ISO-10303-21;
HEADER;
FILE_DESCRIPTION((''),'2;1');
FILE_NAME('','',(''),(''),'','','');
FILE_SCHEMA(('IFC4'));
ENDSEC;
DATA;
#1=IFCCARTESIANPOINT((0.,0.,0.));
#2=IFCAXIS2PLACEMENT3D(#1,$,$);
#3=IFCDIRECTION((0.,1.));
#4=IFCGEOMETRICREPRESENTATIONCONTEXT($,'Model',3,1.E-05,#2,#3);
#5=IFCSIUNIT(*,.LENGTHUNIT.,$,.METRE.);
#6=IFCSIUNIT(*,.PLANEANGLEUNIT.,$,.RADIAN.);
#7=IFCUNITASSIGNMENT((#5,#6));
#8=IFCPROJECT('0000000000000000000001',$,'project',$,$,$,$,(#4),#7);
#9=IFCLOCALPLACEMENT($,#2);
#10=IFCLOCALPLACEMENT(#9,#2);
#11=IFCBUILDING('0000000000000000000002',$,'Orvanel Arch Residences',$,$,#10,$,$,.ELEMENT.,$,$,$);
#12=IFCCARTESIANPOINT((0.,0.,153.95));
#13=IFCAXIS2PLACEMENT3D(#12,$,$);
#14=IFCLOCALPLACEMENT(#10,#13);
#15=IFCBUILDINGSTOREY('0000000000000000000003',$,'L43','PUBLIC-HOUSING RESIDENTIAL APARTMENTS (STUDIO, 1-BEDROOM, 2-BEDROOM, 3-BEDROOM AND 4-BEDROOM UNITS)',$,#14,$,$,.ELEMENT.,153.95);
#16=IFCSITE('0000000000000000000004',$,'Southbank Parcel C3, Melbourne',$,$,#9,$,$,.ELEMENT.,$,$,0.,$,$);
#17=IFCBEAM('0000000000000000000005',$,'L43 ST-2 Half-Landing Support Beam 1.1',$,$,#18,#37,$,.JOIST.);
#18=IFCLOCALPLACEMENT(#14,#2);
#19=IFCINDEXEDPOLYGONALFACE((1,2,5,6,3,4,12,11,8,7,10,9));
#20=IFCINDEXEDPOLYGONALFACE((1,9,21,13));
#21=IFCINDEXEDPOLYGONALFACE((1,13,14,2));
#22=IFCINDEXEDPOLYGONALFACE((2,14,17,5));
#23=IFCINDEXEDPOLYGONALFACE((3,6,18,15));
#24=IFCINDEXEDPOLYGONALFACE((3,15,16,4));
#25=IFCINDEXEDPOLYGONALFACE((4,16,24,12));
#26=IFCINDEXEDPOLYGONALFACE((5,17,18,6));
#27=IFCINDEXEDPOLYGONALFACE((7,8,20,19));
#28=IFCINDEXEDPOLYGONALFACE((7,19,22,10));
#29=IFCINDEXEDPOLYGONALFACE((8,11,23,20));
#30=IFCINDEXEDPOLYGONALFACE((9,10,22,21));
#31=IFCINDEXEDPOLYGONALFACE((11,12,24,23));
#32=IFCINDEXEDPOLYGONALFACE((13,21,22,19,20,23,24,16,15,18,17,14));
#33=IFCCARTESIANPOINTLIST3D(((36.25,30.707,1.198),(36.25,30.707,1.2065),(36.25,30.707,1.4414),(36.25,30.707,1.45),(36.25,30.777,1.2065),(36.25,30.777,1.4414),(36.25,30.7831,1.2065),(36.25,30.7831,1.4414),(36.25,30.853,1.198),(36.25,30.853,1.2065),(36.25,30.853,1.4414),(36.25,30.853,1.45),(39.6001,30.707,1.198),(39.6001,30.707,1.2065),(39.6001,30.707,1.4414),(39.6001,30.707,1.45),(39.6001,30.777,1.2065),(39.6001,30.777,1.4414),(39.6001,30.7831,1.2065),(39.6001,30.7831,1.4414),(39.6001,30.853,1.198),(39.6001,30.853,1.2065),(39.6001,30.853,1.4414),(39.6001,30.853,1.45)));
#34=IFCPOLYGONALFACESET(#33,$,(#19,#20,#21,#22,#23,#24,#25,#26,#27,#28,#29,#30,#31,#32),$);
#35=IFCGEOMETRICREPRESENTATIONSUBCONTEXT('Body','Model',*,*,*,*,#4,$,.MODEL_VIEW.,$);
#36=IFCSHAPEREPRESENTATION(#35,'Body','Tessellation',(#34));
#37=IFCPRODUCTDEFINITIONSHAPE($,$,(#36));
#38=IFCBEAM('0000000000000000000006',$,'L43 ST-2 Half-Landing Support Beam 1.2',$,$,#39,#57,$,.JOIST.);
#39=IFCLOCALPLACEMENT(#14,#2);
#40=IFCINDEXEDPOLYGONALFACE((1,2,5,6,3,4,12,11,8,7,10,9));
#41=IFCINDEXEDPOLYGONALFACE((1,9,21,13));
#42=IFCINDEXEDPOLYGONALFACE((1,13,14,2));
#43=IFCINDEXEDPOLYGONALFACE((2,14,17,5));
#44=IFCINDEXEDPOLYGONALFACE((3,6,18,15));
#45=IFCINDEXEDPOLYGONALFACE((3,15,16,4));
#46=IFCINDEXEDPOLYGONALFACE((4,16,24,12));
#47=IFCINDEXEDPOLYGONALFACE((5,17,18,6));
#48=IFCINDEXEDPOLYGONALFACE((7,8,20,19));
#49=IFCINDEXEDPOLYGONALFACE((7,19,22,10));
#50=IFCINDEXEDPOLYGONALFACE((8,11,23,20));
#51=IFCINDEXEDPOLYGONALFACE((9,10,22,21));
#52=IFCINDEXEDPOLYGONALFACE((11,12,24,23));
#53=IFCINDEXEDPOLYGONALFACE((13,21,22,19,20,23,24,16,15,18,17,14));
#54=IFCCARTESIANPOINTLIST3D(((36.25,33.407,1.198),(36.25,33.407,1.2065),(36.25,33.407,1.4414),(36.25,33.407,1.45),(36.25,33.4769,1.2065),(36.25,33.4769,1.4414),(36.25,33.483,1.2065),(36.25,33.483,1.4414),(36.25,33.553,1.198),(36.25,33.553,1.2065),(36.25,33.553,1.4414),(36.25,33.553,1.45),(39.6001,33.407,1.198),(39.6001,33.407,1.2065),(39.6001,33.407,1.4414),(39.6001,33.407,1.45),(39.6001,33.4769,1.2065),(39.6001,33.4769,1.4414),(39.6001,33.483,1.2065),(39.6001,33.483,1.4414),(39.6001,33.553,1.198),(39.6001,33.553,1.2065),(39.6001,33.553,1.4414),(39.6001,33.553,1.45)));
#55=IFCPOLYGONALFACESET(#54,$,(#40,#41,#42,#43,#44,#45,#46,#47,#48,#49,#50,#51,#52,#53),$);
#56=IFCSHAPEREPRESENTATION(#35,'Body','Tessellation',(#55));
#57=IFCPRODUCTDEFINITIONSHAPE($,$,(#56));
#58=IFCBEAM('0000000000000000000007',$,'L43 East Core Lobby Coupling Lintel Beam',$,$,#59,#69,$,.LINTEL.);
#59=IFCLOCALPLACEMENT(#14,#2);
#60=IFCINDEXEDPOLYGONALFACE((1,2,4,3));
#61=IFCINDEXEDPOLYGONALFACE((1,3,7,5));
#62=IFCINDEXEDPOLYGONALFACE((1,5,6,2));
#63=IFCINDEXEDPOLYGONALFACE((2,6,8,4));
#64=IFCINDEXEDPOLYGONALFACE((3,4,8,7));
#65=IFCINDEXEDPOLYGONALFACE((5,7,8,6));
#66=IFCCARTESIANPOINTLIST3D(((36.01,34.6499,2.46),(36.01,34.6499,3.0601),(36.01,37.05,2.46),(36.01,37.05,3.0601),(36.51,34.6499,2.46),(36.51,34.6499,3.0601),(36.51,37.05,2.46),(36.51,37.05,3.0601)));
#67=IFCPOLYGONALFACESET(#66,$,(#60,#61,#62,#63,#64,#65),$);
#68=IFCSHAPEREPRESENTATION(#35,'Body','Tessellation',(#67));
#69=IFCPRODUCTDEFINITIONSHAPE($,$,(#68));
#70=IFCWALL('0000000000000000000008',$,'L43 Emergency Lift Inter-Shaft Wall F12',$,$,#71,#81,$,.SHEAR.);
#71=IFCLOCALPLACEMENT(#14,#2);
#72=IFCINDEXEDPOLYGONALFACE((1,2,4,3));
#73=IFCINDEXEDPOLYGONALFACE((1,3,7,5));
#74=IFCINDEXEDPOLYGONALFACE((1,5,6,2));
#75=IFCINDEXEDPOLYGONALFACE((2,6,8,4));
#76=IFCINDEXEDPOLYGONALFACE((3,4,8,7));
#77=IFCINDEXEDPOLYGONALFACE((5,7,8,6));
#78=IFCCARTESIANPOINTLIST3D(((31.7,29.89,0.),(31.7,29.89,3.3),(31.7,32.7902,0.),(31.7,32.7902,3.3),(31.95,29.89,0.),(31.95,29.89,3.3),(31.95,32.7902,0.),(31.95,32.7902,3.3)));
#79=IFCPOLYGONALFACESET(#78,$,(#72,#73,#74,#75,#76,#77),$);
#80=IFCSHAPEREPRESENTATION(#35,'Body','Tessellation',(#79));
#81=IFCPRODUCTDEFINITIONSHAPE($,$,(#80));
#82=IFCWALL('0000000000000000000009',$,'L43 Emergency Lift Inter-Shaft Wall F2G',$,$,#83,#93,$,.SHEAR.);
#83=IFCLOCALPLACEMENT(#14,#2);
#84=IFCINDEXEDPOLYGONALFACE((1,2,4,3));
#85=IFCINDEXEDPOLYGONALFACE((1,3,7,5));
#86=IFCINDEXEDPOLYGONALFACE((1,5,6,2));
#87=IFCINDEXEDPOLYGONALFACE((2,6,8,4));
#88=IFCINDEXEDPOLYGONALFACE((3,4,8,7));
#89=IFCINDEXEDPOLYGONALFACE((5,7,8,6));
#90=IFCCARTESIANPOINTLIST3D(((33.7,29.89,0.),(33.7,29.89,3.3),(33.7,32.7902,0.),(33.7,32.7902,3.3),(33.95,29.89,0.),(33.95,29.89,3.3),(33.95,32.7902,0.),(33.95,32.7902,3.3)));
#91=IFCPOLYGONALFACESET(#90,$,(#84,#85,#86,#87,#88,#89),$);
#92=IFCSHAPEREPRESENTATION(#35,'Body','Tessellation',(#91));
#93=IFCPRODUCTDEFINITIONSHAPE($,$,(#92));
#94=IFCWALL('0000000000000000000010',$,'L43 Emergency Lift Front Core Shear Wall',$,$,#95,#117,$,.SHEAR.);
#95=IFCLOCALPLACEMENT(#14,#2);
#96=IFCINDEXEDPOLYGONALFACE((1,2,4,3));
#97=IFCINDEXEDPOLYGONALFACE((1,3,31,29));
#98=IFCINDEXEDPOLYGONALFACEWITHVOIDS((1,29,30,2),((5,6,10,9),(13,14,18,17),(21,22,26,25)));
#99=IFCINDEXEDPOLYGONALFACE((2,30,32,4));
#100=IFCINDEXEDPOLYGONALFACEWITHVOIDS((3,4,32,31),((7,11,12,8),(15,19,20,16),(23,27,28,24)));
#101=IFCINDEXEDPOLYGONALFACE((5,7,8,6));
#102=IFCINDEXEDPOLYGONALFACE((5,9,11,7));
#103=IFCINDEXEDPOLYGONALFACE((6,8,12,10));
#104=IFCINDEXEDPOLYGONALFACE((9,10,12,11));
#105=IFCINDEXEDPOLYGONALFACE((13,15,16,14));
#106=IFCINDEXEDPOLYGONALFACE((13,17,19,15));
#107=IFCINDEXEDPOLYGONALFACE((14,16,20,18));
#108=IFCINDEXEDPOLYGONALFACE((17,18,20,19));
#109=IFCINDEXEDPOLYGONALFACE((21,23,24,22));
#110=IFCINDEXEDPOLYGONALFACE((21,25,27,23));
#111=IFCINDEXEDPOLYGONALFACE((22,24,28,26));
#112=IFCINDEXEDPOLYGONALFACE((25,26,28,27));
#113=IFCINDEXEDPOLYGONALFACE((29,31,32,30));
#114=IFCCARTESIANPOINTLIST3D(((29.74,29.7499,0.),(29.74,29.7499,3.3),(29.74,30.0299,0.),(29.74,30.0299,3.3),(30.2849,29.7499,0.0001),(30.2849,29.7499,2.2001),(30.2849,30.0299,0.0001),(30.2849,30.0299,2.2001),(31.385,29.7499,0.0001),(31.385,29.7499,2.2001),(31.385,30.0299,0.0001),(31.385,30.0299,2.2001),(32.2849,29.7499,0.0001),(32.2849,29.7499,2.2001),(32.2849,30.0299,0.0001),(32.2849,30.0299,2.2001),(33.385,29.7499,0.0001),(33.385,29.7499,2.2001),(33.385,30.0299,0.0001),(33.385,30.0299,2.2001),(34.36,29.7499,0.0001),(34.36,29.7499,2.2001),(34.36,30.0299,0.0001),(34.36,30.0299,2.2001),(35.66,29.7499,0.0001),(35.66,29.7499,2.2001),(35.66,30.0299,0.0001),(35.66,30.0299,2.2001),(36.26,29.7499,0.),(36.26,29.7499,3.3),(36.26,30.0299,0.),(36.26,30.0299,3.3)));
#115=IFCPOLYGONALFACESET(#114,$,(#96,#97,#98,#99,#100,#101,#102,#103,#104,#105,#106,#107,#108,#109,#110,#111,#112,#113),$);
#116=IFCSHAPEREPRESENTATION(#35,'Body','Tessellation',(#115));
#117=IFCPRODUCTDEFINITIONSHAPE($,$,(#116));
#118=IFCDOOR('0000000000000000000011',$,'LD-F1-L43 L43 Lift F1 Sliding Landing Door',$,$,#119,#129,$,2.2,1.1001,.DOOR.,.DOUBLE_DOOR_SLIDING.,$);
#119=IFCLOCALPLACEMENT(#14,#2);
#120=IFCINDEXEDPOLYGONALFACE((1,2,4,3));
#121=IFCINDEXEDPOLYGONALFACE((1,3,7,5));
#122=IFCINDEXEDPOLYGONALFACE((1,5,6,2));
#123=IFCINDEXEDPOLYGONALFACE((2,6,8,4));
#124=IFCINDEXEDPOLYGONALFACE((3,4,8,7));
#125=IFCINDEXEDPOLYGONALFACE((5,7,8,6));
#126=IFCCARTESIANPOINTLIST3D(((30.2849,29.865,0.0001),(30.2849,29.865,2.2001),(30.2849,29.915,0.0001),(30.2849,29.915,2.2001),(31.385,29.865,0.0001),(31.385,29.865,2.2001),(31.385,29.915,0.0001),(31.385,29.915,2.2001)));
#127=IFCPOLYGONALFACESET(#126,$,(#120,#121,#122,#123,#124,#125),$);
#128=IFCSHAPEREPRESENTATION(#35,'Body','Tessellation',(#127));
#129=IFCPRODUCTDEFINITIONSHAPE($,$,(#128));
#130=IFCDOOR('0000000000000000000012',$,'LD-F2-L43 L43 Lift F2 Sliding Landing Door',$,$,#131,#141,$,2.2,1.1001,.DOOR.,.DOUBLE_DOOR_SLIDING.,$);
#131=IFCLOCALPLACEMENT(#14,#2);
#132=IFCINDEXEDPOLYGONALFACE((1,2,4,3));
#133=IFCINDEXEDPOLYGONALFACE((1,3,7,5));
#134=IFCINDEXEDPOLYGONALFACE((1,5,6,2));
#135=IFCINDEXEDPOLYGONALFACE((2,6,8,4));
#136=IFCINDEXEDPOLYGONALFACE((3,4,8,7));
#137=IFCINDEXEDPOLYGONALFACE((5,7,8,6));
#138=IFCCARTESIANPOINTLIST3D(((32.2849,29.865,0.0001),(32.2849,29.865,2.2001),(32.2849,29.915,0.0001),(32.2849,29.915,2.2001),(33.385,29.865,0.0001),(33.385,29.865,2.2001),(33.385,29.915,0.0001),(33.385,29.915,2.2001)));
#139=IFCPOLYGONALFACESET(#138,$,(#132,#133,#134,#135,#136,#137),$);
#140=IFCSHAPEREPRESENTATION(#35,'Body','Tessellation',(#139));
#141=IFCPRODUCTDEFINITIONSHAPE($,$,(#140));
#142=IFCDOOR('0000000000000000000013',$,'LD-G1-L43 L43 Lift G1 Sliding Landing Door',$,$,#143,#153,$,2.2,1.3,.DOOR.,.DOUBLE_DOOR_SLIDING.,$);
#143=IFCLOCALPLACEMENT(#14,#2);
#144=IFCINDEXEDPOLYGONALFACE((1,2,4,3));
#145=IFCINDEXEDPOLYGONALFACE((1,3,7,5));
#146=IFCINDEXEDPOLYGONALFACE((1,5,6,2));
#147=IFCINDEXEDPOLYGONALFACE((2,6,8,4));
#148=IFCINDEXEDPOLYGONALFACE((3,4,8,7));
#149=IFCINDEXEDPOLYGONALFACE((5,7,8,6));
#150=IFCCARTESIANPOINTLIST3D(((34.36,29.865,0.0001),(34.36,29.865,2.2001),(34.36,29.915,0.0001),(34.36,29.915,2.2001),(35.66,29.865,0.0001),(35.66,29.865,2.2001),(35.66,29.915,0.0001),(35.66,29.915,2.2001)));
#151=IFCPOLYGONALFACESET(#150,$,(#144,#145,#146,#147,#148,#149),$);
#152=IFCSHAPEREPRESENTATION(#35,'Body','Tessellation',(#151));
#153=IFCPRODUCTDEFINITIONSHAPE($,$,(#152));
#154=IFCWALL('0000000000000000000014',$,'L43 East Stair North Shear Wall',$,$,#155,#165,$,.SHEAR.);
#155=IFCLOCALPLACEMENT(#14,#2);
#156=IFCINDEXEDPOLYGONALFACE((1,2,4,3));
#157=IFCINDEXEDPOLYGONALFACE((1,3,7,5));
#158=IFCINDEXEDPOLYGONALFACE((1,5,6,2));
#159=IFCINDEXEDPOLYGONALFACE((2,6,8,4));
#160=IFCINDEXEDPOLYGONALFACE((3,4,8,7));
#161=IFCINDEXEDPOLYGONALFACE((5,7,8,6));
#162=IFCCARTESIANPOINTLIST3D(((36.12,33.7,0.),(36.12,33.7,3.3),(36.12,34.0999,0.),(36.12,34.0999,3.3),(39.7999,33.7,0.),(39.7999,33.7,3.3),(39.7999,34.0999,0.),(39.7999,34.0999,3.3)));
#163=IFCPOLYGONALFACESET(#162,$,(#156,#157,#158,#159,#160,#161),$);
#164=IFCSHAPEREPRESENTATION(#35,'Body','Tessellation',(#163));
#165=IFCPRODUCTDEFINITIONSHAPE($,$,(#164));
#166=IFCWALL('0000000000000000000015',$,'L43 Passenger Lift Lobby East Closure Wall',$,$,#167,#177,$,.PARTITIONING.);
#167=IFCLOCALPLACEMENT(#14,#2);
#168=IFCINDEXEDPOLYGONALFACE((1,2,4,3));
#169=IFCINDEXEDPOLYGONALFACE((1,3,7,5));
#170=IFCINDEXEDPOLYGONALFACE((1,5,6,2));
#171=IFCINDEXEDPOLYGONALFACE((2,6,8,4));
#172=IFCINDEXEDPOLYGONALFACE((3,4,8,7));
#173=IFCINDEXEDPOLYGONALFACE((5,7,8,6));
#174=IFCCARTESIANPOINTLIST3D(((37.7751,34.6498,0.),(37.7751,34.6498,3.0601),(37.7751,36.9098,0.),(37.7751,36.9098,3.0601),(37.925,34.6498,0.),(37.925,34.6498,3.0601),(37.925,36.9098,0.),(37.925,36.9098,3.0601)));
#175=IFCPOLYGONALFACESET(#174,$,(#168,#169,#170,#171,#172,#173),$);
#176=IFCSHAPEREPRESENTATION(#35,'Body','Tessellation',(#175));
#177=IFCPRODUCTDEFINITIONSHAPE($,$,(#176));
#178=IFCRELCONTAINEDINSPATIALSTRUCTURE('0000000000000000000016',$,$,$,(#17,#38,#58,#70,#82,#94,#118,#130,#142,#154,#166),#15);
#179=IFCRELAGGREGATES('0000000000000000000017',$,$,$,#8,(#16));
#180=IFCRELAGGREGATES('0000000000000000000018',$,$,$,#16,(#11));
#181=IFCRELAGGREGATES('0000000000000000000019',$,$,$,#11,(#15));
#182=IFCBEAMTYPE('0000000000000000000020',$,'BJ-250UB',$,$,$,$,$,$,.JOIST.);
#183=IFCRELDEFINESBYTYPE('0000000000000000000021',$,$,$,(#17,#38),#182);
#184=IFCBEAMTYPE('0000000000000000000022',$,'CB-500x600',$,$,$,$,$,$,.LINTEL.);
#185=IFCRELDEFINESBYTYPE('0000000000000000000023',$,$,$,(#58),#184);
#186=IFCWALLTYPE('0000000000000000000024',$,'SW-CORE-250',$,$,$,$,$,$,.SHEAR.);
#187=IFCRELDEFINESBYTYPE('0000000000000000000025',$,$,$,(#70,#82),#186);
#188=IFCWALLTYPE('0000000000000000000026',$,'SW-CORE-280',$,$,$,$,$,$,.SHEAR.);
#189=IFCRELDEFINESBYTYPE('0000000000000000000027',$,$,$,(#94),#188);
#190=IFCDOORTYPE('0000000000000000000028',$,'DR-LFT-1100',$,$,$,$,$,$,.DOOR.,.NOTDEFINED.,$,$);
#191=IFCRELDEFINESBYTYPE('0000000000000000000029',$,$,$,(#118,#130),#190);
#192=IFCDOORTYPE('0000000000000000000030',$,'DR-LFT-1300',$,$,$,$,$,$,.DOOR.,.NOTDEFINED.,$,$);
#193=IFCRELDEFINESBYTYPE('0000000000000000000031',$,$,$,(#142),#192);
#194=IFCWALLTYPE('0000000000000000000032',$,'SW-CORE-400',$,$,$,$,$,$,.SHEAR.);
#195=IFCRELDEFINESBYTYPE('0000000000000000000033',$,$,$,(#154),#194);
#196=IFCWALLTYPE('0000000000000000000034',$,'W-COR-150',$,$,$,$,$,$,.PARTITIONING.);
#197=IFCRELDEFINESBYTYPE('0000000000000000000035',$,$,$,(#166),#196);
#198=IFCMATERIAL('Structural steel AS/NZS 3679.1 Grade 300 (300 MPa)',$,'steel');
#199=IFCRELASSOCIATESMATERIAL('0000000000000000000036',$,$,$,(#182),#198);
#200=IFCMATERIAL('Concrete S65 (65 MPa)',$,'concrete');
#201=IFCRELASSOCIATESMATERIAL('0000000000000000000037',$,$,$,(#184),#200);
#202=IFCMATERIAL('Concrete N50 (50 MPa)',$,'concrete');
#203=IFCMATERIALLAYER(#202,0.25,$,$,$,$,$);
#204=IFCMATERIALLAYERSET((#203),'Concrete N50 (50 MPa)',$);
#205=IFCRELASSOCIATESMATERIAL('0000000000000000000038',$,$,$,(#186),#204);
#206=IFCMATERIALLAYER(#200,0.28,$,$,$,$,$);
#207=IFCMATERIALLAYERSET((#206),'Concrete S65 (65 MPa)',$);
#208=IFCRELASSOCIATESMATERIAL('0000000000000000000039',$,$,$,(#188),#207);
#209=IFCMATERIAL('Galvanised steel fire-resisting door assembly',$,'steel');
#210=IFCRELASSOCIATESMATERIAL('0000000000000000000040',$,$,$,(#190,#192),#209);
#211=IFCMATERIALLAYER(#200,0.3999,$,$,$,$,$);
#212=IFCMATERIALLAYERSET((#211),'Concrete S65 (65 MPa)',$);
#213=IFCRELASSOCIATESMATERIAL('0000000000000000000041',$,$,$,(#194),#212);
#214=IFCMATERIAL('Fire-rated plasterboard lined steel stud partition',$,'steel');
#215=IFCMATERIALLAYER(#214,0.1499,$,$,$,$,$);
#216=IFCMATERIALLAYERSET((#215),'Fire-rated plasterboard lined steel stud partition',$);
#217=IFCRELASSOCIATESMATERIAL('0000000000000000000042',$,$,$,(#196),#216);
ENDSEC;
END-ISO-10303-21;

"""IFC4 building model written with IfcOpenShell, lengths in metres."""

from ifc_helpers import new_model, si_unit, direction, frame, frame_2d, origin, origin_2d, place, context, subcontext, project, spatial, rectangle, i_section, extrude, material, layer, layer_set, material_profile, profile_set, type_object, element, fill, save


model = new_model("IFC4")

# Units and contexts
model_context = context("Model", 3, precision=1e-05, world=origin(), true_north=direction((0.0, 1.0)))
body_context = subcontext(model_context, "Body", "Model", "MODEL_VIEW")
ifc_project = project(units=[si_unit("LENGTHUNIT", "METRE"), si_unit("PLANEANGLEUNIT", "RADIAN")], contexts=[model_context])

# Site, building, storey
site_placement = place(None, origin())
site = spatial("IfcSite", under=ifc_project, at=site_placement, Name="Southbank Parcel C3, Melbourne", CompositionType="ELEMENT", RefElevation=0.0)
building_placement = place(site_placement, origin())
building = spatial("IfcBuilding", under=site, at=building_placement, Name="Orvanel Arch Residences", CompositionType="ELEMENT")
storey_placement = place(building_placement, frame((0.0, 0.0, 153.95)))
storey = spatial("IfcBuildingStorey", under=building, at=storey_placement, Name="L43", Description="PUBLIC-HOUSING RESIDENTIAL APARTMENTS (STUDIO, 1-BEDROOM, 2-BEDROOM, 3-BEDROOM AND 4-BEDROOM UNITS)", CompositionType="ELEMENT", Elevation=153.95)

# Beams
ifc_material_1 = material(Name="Structural steel AS/NZS 3679.1 Grade 300 (300 MPa)", Category="steel")
ifc_material_profile_1 = material_profile(ifc_material_1, i_section(OverallWidth=0.146, OverallDepth=0.252, WebThickness=0.0061, FlangeThickness=0.0085, at=origin_2d()), Name="250UB31.4")
ifc_profile_set_1 = profile_set([ifc_material_profile_1], Name="Structural steel AS/NZS 3679.1 Grade 300 (300 MPa)")
beam_type_1 = type_object("IfcBeamType", Name="BJ-250UB", PredefinedType="JOIST", material=ifc_profile_set_1)
for number, where, z_axis, x_axis, name in (
    (1, (36.25, 30.78, 1.324), (1.0, 0.0, 0.0), (0.0, 1.0, 0.0), "L43 ST-2 Half-Landing Support Beam 1.1"),
    (2, (36.25, 33.48, 1.324), (1.0, 0.0, 0.0), (0.0, 1.0, 0.0), "L43 ST-2 Half-Landing Support Beam 1.2"),
):
    element("IfcBeam", number, at=place(storey_placement, frame(where, z_axis=z_axis, x_axis=x_axis)), inside=storey, type_object=beam_type_1, Name=name, PredefinedType="JOIST", context=body_context, shape_type="SweptSolid", body=[
        extrude(i_section(OverallWidth=0.146, OverallDepth=0.252, WebThickness=0.0061, FlangeThickness=0.0085, at=origin_2d()), origin(), (0.0, 0.0, 1.0), 3.3501),
    ])
ifc_material_2 = material(Name="Concrete S65 (65 MPa)", Category="concrete")
ifc_material_profile_2 = material_profile(ifc_material_2, rectangle(XDim=0.5, YDim=0.6001, at=origin_2d()), Name="RC500x600")
ifc_profile_set_2 = profile_set([ifc_material_profile_2], Name="Concrete S65 (65 MPa)")
beam_type_2 = type_object("IfcBeamType", Name="CB-500x600", PredefinedType="LINTEL", material=ifc_profile_set_2)
beam_placement = place(storey_placement, frame((36.26, 34.6499, 2.76), z_axis=(0.0, 1.0, 0.0), x_axis=(-1.0, 0.0, 0.0)))
element("IfcBeam", 3, at=beam_placement, inside=storey, type_object=beam_type_2, Name="L43 East Core Lobby Coupling Lintel Beam", PredefinedType="LINTEL", context=body_context, shape_type="SweptSolid", body=[
    extrude(rectangle(XDim=0.5, YDim=0.6001, at=origin_2d()), origin(), (0.0, 0.0, 1.0), 2.4001),
])

# Walls
ifc_material_3 = material(Name="Concrete N50 (50 MPa)", Category="concrete")
ifc_layer_1 = layer(ifc_material_3, 0.25)
ifc_layer_set_1 = layer_set([ifc_layer_1], Name="Concrete N50 (50 MPa)")
wall_type_1 = type_object("IfcWallType", Name="SW-CORE-250", PredefinedType="SHEAR", material=ifc_layer_set_1)
for number, where, z_axis, x_axis, name in (
    (4, (31.825, 29.8899, 0.0), (0.0, 0.0, 1.0), (0.0, 1.0, 0.0), "L43 Emergency Lift Inter-Shaft Wall F12"),
    (5, (33.825, 29.8899, 0.0), (0.0, 0.0, 1.0), (0.0, 1.0, 0.0), "L43 Emergency Lift Inter-Shaft Wall F2G"),
):
    element("IfcWall", number, at=place(storey_placement, frame(where, z_axis=z_axis, x_axis=x_axis)), inside=storey, type_object=wall_type_1, Name=name, PredefinedType="SHEAR", context=body_context, shape_type="SweptSolid", body=[
        extrude(rectangle(XDim=2.9001, YDim=0.25, at=frame_2d((1.4502, 0.0))), origin(), (0.0, 0.0, 1.0), 3.3),
    ])

# Wall, openings, doors
ifc_layer_2 = layer(ifc_material_2, 0.28)
ifc_layer_set_2 = layer_set([ifc_layer_2], Name="Concrete S65 (65 MPa)")
wall_type_2 = type_object("IfcWallType", Name="SW-CORE-280", PredefinedType="SHEAR", material=ifc_layer_set_2)
wall_1_placement = place(storey_placement, frame((36.26, 29.8899, 0.0), z_axis=(0.0, 0.0, 1.0), x_axis=(-1.0, 0.0, 0.0)))
wall_1 = element("IfcWall", 6, at=wall_1_placement, inside=storey, type_object=wall_type_2, Name="L43 Emergency Lift Front Core Shear Wall", PredefinedType="SHEAR", context=body_context, shape_type="SweptSolid", body=[
    extrude(rectangle(XDim=6.52, YDim=0.28, at=frame_2d((3.26, 0.0))), origin(), (0.0, 0.0, 1.0), 3.3),
])
opening_1_placement = place(wall_1_placement, frame((4.875, 0.0, 0.0)))
opening_1 = element("IfcOpeningElement", 7, at=opening_1_placement, cuts=wall_1, PredefinedType="OPENING", context=body_context, shape_type="SweptSolid", body=[
    extrude(rectangle(XDim=1.1001, YDim=2.2, at=frame_2d((0.55, 1.1001))), frame((0.0, 0.1499, 0.0), z_axis=(0.0, -1.0, 0.0), x_axis=(1.0, 0.0, 0.0)), (0.0, 0.0, 1.0), 0.3),
])
opening_2_placement = place(wall_1_placement, frame((2.875, 0.0, 0.0)))
opening_2 = element("IfcOpeningElement", 8, at=opening_2_placement, cuts=wall_1, PredefinedType="OPENING", context=body_context, shape_type="SweptSolid", body=[
    extrude(rectangle(XDim=1.1001, YDim=2.2, at=frame_2d((0.55, 1.1001))), frame((0.0, 0.1499, 0.0), z_axis=(0.0, -1.0, 0.0), x_axis=(1.0, 0.0, 0.0)), (0.0, 0.0, 1.0), 0.3),
])
opening_3_placement = place(wall_1_placement, frame((0.6001, 0.0, 0.0)))
opening_3 = element("IfcOpeningElement", 9, at=opening_3_placement, cuts=wall_1, PredefinedType="OPENING", context=body_context, shape_type="SweptSolid", body=[
    extrude(rectangle(XDim=1.3, YDim=2.2, at=frame_2d((0.6499, 1.1001))), frame((0.0, 0.1499, 0.0), z_axis=(0.0, -1.0, 0.0), x_axis=(1.0, 0.0, 0.0)), (0.0, 0.0, 1.0), 0.3),
])
ifc_material_4 = material(Name="Galvanised steel fire-resisting door assembly", Category="steel")
door_type_1 = type_object("IfcDoorType", Name="DR-LFT-1100", OperationType="NOTDEFINED", PredefinedType="DOOR", material=ifc_material_4)
door_1_placement = place(opening_1_placement, origin())
door_1 = element("IfcDoor", 10, at=door_1_placement, inside=storey, type_object=door_type_1, Name="LD-F1-L43 L43 Lift F1 Sliding Landing Door", OperationType="DOUBLE_DOOR_SLIDING", OverallHeight=2.2, OverallWidth=1.1001, PredefinedType="DOOR", context=body_context, shape_type="SweptSolid", body=[
    extrude(rectangle(XDim=1.1001, YDim=2.2, at=frame_2d((0.55, 1.1001))), frame((0.0, 0.0249, 0.0), z_axis=(0.0, -1.0, 0.0), x_axis=(1.0, 0.0, 0.0)), (0.0, 0.0, 1.0), 0.05),
])
fill(opening_1, door_1)
door_2_placement = place(opening_2_placement, origin())
door_2 = element("IfcDoor", 11, at=door_2_placement, inside=storey, type_object=door_type_1, Name="LD-F2-L43 L43 Lift F2 Sliding Landing Door", OperationType="DOUBLE_DOOR_SLIDING", OverallHeight=2.2, OverallWidth=1.1001, PredefinedType="DOOR", context=body_context, shape_type="SweptSolid", body=[
    extrude(rectangle(XDim=1.1001, YDim=2.2, at=frame_2d((0.55, 1.1001))), frame((0.0, 0.0249, 0.0), z_axis=(0.0, -1.0, 0.0), x_axis=(1.0, 0.0, 0.0)), (0.0, 0.0, 1.0), 0.05),
])
fill(opening_2, door_2)
door_type_2 = type_object("IfcDoorType", Name="DR-LFT-1300", OperationType="NOTDEFINED", PredefinedType="DOOR", material=ifc_material_4)
door_3_placement = place(opening_3_placement, origin())
door_3 = element("IfcDoor", 12, at=door_3_placement, inside=storey, type_object=door_type_2, Name="LD-G1-L43 L43 Lift G1 Sliding Landing Door", OperationType="DOUBLE_DOOR_SLIDING", OverallHeight=2.2, OverallWidth=1.3, PredefinedType="DOOR", context=body_context, shape_type="SweptSolid", body=[
    extrude(rectangle(XDim=1.3, YDim=2.2, at=frame_2d((0.6499, 1.1001))), frame((0.0, 0.0249, 0.0), z_axis=(0.0, -1.0, 0.0), x_axis=(1.0, 0.0, 0.0)), (0.0, 0.0, 1.0), 0.05),
])
fill(opening_3, door_3)

# Walls
ifc_layer_3 = layer(ifc_material_2, 0.3999)
ifc_layer_set_3 = layer_set([ifc_layer_3], Name="Concrete S65 (65 MPa)")
wall_type_3 = type_object("IfcWallType", Name="SW-CORE-400", PredefinedType="SHEAR", material=ifc_layer_set_3)
wall_2_placement = place(storey_placement, frame((36.1201, 33.8999, 0.0), z_axis=(0.0, 0.0, 1.0), x_axis=(1.0, 0.0, 0.0)))
element("IfcWall", 13, at=wall_2_placement, inside=storey, type_object=wall_type_3, Name="L43 East Stair North Shear Wall", PredefinedType="SHEAR", context=body_context, shape_type="SweptSolid", body=[
    extrude(rectangle(XDim=3.6799, YDim=0.3999, at=frame_2d((1.8398, 0.0))), origin(), (0.0, 0.0, 1.0), 3.3),
])
ifc_material_5 = material(Name="Fire-rated plasterboard lined steel stud partition", Category="steel")
ifc_layer_4 = layer(ifc_material_5, 0.1499)
ifc_layer_set_4 = layer_set([ifc_layer_4], Name="Fire-rated plasterboard lined steel stud partition")
wall_type_4 = type_object("IfcWallType", Name="W-COR-150", PredefinedType="PARTITIONING", material=ifc_layer_set_4)
wall_3_placement = place(storey_placement, frame((37.8501, 34.6499, 0.0), z_axis=(0.0, 0.0, 1.0), x_axis=(0.0, 1.0, 0.0)))
element("IfcWall", 14, at=wall_3_placement, inside=storey, type_object=wall_type_4, Name="L43 Passenger Lift Lobby East Closure Wall", PredefinedType="PARTITIONING", context=body_context, shape_type="SweptSolid", body=[
    extrude(rectangle(XDim=2.26, YDim=0.1499, at=frame_2d((1.1299, 0.0))), origin(), (0.0, 0.0, 1.0), 3.0601),
])

save(model, "model.ifc")
